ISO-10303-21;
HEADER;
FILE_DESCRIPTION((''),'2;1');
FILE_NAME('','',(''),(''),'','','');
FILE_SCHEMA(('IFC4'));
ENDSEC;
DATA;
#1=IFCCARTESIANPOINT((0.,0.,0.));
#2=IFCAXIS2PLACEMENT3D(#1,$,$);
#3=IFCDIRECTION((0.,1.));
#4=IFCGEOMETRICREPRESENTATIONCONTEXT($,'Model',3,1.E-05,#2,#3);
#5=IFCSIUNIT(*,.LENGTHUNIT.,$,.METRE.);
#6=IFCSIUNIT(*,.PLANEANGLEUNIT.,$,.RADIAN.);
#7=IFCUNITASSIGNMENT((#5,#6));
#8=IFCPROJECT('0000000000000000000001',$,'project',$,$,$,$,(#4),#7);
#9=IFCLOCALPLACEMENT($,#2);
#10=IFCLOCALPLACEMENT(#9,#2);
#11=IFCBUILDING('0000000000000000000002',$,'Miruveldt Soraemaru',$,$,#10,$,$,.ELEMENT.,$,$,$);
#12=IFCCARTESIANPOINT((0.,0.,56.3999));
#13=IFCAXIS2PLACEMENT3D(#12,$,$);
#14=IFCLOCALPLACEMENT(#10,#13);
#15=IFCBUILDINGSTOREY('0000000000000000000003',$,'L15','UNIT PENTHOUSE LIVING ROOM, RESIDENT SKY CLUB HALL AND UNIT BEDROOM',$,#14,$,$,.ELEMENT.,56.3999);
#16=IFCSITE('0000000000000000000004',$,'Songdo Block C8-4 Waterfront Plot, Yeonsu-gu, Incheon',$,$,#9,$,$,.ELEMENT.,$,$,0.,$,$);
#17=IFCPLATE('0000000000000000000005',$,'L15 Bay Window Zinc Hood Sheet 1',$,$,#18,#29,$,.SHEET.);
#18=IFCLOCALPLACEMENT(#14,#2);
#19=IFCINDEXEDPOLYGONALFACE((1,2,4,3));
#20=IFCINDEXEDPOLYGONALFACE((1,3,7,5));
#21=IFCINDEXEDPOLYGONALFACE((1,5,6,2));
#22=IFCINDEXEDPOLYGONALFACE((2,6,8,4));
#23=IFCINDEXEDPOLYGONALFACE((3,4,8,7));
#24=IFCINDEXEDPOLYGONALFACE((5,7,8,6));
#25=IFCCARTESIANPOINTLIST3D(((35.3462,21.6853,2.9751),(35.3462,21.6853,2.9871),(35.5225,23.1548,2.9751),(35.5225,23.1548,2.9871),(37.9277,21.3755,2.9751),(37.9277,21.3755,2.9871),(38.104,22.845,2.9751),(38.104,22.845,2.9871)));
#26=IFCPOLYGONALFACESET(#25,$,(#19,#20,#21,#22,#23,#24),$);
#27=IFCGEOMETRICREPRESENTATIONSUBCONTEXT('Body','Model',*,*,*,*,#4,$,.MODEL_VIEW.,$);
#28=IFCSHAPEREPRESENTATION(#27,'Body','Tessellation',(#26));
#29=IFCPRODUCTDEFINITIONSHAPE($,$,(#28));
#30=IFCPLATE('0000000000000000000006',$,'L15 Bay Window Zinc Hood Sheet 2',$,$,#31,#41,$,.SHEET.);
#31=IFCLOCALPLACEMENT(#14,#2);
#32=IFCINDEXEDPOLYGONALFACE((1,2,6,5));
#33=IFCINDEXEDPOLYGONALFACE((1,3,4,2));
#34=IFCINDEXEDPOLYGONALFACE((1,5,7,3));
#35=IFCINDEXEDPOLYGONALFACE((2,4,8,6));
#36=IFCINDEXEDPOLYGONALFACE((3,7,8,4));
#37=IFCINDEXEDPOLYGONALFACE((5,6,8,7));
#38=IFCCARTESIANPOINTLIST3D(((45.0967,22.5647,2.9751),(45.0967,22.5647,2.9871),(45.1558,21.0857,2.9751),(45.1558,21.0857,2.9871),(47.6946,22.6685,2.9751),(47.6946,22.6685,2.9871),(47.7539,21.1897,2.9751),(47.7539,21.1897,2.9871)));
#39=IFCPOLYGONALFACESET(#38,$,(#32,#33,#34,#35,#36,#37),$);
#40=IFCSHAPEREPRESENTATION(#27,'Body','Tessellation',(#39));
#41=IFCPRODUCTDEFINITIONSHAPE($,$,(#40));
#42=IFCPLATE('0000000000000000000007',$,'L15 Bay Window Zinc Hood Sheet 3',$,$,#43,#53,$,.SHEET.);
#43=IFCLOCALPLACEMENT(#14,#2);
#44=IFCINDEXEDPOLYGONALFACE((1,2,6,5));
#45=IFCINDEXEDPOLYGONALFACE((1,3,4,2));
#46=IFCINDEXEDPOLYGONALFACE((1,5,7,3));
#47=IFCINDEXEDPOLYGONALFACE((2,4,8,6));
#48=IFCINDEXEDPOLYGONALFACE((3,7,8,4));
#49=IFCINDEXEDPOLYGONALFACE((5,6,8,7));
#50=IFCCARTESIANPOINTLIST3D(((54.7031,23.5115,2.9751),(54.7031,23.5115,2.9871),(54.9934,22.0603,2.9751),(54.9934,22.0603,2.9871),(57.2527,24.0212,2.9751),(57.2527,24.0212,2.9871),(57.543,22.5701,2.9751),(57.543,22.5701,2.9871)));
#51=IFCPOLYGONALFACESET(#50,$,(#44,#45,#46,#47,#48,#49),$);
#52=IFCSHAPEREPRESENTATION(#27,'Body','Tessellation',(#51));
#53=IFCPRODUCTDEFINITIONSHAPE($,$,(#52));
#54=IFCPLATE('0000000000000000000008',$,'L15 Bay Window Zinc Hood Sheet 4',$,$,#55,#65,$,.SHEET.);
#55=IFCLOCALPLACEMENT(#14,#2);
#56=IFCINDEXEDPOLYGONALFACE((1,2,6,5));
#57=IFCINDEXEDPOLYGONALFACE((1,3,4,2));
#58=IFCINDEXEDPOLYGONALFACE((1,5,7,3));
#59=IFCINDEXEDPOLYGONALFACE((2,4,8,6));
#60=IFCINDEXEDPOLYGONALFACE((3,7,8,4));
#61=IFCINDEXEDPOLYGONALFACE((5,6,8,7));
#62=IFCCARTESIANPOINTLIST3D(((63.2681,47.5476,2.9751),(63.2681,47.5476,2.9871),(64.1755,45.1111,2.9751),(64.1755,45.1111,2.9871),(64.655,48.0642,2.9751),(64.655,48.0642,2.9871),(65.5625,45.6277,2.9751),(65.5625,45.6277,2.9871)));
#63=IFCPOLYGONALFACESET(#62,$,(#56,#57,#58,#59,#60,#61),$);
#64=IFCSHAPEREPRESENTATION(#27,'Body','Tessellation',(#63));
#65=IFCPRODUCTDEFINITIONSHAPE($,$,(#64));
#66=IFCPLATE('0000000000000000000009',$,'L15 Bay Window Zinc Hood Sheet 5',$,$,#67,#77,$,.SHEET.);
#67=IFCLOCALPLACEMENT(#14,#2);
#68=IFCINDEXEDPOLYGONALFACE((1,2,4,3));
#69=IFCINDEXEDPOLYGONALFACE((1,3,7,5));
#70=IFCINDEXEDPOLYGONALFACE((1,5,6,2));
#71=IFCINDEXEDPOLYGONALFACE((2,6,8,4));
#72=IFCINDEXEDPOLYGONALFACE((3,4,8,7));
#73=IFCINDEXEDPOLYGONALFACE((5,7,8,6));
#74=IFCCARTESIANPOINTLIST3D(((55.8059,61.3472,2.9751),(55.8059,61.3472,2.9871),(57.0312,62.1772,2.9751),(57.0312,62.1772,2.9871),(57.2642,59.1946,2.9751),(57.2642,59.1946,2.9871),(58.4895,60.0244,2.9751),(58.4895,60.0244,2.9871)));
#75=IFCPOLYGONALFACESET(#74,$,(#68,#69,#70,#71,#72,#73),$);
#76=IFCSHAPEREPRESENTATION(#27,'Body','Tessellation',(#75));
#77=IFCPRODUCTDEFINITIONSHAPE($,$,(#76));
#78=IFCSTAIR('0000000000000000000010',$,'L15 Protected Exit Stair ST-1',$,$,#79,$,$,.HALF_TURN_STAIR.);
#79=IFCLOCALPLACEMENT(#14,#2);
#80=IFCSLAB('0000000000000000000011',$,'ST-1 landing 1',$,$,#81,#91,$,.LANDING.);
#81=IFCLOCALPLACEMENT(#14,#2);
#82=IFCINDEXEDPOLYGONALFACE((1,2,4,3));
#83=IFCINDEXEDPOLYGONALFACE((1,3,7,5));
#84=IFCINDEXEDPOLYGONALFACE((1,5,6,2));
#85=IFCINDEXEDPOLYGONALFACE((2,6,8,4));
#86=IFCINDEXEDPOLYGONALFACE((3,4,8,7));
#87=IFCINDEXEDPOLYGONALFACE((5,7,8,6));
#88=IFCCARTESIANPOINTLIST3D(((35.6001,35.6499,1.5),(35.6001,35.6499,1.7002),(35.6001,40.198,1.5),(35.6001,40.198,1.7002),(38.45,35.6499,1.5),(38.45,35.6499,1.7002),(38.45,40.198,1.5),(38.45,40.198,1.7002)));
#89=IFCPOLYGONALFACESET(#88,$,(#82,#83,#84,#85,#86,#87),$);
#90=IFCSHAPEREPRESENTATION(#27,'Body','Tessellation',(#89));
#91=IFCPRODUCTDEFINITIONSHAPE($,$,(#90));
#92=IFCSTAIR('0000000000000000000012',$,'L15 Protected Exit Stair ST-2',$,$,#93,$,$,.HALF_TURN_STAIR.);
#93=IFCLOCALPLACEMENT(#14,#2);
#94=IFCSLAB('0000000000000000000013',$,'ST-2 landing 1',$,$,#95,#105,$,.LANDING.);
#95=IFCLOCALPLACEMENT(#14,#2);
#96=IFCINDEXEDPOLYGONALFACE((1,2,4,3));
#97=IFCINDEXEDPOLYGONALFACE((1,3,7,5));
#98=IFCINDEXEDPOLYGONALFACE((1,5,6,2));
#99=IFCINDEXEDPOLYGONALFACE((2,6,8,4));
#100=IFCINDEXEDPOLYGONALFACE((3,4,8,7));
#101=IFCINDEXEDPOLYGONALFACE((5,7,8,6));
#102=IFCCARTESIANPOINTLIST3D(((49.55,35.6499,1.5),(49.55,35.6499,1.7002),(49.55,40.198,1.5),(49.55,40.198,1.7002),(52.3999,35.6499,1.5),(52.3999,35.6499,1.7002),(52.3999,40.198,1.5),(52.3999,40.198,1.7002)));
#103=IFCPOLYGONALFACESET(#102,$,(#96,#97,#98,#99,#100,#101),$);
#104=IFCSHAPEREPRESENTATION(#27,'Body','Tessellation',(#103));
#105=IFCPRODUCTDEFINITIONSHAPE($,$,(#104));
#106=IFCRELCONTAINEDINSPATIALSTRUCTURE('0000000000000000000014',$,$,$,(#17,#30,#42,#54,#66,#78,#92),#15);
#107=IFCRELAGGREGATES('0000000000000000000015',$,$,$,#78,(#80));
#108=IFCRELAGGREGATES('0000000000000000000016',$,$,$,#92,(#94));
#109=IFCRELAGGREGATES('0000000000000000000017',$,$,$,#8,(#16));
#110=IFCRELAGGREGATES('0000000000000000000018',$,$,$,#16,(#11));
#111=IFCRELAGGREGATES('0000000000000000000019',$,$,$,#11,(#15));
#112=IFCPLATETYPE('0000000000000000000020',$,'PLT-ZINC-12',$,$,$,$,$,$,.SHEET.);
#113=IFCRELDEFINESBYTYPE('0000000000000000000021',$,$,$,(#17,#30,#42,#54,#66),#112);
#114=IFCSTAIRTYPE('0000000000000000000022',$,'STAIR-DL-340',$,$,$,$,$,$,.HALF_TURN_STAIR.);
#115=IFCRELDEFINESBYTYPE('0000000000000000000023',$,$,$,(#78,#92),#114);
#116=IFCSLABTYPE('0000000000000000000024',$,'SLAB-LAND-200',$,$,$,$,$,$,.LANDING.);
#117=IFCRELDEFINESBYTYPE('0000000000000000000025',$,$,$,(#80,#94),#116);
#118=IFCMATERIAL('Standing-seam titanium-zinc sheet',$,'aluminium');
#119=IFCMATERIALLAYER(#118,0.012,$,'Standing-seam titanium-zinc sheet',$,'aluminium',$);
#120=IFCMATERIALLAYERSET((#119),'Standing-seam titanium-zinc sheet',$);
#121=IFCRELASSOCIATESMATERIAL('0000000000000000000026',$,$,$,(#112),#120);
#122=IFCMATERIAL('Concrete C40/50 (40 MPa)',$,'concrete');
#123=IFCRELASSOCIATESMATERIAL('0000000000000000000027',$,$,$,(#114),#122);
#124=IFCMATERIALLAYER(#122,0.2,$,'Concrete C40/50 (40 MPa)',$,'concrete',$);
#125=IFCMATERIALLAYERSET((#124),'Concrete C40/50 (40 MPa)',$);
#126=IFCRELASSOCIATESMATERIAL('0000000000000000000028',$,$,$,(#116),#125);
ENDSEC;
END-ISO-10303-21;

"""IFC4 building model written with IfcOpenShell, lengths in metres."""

from ifc_helpers import new_model, si_unit, direction, frame, origin, place, context, subcontext, project, spatial, polyline, outline, extrude, material, layer, layer_set, type_object, element, aggregate, save


model = new_model("IFC4")

# Units and contexts
model_context = context("Model", 3, precision=1e-05, world=origin(), true_north=direction((0.0, 1.0)))
body_context = subcontext(model_context, "Body", "Model", "MODEL_VIEW")
ifc_project = project(units=[si_unit("LENGTHUNIT", "METRE"), si_unit("PLANEANGLEUNIT", "RADIAN")], contexts=[model_context])

# Site, building, storey
site_placement = place(None, origin())
site = spatial("IfcSite", under=ifc_project, at=site_placement, Name="Songdo Block C8-4 Waterfront Plot, Yeonsu-gu, Incheon", CompositionType="ELEMENT", RefElevation=0.0)
building_placement = place(site_placement, origin())
building = spatial("IfcBuilding", under=site, at=building_placement, Name="Miruveldt Soraemaru", CompositionType="ELEMENT")
storey_placement = place(building_placement, frame((0.0, 0.0, 56.3999)))
storey = spatial("IfcBuildingStorey", under=building, at=storey_placement, Name="L15", Description="UNIT PENTHOUSE LIVING ROOM, RESIDENT SKY CLUB HALL AND UNIT BEDROOM", CompositionType="ELEMENT", Elevation=56.3999)

# Plates
ifc_material_1 = material(Name="Standing-seam titanium-zinc sheet", Category="aluminium")
ifc_layer_1 = layer(ifc_material_1, 0.012, Name="Standing-seam titanium-zinc sheet", Category="aluminium")
ifc_layer_set_1 = layer_set([ifc_layer_1], Name="Standing-seam titanium-zinc sheet")
plate_type = type_object("IfcPlateType", Name="PLT-ZINC-12", PredefinedType="SHEET", material=ifc_layer_set_1)
plate_1_placement = place(storey_placement, frame((0.0, 0.0, 2.9751)))
element("IfcPlate", 1, at=plate_1_placement, inside=storey, type_object=plate_type, Name="L15 Bay Window Zinc Hood Sheet 1", PredefinedType="SHEET", context=body_context, shape_type="SweptSolid", body=[
    extrude(outline(polyline([(35.5225, 23.1548), (38.104, 22.845), (37.9277, 21.3755), (35.3462, 21.6853), (35.5225, 23.1548)])), origin(), (0.0, 0.0, 1.0), 0.012),
])
plate_2_placement = place(storey_placement, frame((0.0, 0.0, 2.9751)))
element("IfcPlate", 2, at=plate_2_placement, inside=storey, type_object=plate_type, Name="L15 Bay Window Zinc Hood Sheet 2", PredefinedType="SHEET", context=body_context, shape_type="SweptSolid", body=[
    extrude(outline(polyline([(45.0967, 22.5647), (47.6946, 22.6685), (47.7539, 21.1897), (45.1558, 21.0857), (45.0967, 22.5647)])), origin(), (0.0, 0.0, 1.0), 0.012),
])
plate_3_placement = place(storey_placement, frame((0.0, 0.0, 2.9751)))
element("IfcPlate", 3, at=plate_3_placement, inside=storey, type_object=plate_type, Name="L15 Bay Window Zinc Hood Sheet 3", PredefinedType="SHEET", context=body_context, shape_type="SweptSolid", body=[
    extrude(outline(polyline([(54.7031, 23.5115), (57.2527, 24.0212), (57.543, 22.5701), (54.9934, 22.0603), (54.7031, 23.5115)])), origin(), (0.0, 0.0, 1.0), 0.012),
])
plate_4_placement = place(storey_placement, frame((0.0, 0.0, 2.9751)))
element("IfcPlate", 4, at=plate_4_placement, inside=storey, type_object=plate_type, Name="L15 Bay Window Zinc Hood Sheet 4", PredefinedType="SHEET", context=body_context, shape_type="SweptSolid", body=[
    extrude(outline(polyline([(64.1755, 45.1111), (63.2681, 47.5476), (64.655, 48.0642), (65.5625, 45.6277), (64.1755, 45.1111)])), origin(), (0.0, 0.0, 1.0), 0.012),
])
plate_5_placement = place(storey_placement, frame((0.0, 0.0, 2.9751)))
element("IfcPlate", 5, at=plate_5_placement, inside=storey, type_object=plate_type, Name="L15 Bay Window Zinc Hood Sheet 5", PredefinedType="SHEET", context=body_context, shape_type="SweptSolid", body=[
    extrude(outline(polyline([(57.2642, 59.1946), (55.8059, 61.3472), (57.0312, 62.1772), (58.4895, 60.0244), (57.2642, 59.1946)])), origin(), (0.0, 0.0, 1.0), 0.012),
])

# Stairs, slabs
ifc_material_2 = material(Name="Concrete C40/50 (40 MPa)", Category="concrete")
stair_type = type_object("IfcStairType", Name="STAIR-DL-340", PredefinedType="HALF_TURN_STAIR", material=ifc_material_2)
stair_1_placement = place(storey_placement, origin())
stair_1 = element("IfcStair", 6, at=stair_1_placement, inside=storey, type_object=stair_type, Name="L15 Protected Exit Stair ST-1", PredefinedType="HALF_TURN_STAIR")
ifc_layer_2 = layer(ifc_material_2, 0.2, Name="Concrete C40/50 (40 MPa)", Category="concrete")
ifc_layer_set_2 = layer_set([ifc_layer_2], Name="Concrete C40/50 (40 MPa)")
slab_type_1 = type_object("IfcSlabType", Name="SLAB-LAND-200", PredefinedType="LANDING", material=ifc_layer_set_2)
slab_1_placement = place(storey_placement, frame((0.0, 0.0, 1.5)))
slab_1 = element("IfcSlab", 7, at=slab_1_placement, type_object=slab_type_1, Name="ST-1 landing 1", PredefinedType="LANDING", context=body_context, shape_type="SweptSolid", body=[
    extrude(outline(polyline([(35.6001, 40.198), (35.6001, 35.6499), (38.45, 35.6499), (38.45, 40.198), (35.6001, 40.198)])), origin(), (0.0, 0.0, 1.0), 0.2002),
])
aggregate(stair_1, [slab_1])
stair_2_placement = place(storey_placement, origin())
stair_2 = element("IfcStair", 8, at=stair_2_placement, inside=storey, type_object=stair_type, Name="L15 Protected Exit Stair ST-2", PredefinedType="HALF_TURN_STAIR")
slab_2_placement = place(storey_placement, frame((0.0, 0.0, 1.5)))
slab_2 = element("IfcSlab", 9, at=slab_2_placement, type_object=slab_type_1, Name="ST-2 landing 1", PredefinedType="LANDING", context=body_context, shape_type="SweptSolid", body=[
    extrude(outline(polyline([(49.55, 40.198), (49.55, 35.6499), (52.3999, 35.6499), (52.3999, 40.198), (49.55, 40.198)])), origin(), (0.0, 0.0, 1.0), 0.2002),
])
aggregate(stair_2, [slab_2])

save(model, "model.ifc")
